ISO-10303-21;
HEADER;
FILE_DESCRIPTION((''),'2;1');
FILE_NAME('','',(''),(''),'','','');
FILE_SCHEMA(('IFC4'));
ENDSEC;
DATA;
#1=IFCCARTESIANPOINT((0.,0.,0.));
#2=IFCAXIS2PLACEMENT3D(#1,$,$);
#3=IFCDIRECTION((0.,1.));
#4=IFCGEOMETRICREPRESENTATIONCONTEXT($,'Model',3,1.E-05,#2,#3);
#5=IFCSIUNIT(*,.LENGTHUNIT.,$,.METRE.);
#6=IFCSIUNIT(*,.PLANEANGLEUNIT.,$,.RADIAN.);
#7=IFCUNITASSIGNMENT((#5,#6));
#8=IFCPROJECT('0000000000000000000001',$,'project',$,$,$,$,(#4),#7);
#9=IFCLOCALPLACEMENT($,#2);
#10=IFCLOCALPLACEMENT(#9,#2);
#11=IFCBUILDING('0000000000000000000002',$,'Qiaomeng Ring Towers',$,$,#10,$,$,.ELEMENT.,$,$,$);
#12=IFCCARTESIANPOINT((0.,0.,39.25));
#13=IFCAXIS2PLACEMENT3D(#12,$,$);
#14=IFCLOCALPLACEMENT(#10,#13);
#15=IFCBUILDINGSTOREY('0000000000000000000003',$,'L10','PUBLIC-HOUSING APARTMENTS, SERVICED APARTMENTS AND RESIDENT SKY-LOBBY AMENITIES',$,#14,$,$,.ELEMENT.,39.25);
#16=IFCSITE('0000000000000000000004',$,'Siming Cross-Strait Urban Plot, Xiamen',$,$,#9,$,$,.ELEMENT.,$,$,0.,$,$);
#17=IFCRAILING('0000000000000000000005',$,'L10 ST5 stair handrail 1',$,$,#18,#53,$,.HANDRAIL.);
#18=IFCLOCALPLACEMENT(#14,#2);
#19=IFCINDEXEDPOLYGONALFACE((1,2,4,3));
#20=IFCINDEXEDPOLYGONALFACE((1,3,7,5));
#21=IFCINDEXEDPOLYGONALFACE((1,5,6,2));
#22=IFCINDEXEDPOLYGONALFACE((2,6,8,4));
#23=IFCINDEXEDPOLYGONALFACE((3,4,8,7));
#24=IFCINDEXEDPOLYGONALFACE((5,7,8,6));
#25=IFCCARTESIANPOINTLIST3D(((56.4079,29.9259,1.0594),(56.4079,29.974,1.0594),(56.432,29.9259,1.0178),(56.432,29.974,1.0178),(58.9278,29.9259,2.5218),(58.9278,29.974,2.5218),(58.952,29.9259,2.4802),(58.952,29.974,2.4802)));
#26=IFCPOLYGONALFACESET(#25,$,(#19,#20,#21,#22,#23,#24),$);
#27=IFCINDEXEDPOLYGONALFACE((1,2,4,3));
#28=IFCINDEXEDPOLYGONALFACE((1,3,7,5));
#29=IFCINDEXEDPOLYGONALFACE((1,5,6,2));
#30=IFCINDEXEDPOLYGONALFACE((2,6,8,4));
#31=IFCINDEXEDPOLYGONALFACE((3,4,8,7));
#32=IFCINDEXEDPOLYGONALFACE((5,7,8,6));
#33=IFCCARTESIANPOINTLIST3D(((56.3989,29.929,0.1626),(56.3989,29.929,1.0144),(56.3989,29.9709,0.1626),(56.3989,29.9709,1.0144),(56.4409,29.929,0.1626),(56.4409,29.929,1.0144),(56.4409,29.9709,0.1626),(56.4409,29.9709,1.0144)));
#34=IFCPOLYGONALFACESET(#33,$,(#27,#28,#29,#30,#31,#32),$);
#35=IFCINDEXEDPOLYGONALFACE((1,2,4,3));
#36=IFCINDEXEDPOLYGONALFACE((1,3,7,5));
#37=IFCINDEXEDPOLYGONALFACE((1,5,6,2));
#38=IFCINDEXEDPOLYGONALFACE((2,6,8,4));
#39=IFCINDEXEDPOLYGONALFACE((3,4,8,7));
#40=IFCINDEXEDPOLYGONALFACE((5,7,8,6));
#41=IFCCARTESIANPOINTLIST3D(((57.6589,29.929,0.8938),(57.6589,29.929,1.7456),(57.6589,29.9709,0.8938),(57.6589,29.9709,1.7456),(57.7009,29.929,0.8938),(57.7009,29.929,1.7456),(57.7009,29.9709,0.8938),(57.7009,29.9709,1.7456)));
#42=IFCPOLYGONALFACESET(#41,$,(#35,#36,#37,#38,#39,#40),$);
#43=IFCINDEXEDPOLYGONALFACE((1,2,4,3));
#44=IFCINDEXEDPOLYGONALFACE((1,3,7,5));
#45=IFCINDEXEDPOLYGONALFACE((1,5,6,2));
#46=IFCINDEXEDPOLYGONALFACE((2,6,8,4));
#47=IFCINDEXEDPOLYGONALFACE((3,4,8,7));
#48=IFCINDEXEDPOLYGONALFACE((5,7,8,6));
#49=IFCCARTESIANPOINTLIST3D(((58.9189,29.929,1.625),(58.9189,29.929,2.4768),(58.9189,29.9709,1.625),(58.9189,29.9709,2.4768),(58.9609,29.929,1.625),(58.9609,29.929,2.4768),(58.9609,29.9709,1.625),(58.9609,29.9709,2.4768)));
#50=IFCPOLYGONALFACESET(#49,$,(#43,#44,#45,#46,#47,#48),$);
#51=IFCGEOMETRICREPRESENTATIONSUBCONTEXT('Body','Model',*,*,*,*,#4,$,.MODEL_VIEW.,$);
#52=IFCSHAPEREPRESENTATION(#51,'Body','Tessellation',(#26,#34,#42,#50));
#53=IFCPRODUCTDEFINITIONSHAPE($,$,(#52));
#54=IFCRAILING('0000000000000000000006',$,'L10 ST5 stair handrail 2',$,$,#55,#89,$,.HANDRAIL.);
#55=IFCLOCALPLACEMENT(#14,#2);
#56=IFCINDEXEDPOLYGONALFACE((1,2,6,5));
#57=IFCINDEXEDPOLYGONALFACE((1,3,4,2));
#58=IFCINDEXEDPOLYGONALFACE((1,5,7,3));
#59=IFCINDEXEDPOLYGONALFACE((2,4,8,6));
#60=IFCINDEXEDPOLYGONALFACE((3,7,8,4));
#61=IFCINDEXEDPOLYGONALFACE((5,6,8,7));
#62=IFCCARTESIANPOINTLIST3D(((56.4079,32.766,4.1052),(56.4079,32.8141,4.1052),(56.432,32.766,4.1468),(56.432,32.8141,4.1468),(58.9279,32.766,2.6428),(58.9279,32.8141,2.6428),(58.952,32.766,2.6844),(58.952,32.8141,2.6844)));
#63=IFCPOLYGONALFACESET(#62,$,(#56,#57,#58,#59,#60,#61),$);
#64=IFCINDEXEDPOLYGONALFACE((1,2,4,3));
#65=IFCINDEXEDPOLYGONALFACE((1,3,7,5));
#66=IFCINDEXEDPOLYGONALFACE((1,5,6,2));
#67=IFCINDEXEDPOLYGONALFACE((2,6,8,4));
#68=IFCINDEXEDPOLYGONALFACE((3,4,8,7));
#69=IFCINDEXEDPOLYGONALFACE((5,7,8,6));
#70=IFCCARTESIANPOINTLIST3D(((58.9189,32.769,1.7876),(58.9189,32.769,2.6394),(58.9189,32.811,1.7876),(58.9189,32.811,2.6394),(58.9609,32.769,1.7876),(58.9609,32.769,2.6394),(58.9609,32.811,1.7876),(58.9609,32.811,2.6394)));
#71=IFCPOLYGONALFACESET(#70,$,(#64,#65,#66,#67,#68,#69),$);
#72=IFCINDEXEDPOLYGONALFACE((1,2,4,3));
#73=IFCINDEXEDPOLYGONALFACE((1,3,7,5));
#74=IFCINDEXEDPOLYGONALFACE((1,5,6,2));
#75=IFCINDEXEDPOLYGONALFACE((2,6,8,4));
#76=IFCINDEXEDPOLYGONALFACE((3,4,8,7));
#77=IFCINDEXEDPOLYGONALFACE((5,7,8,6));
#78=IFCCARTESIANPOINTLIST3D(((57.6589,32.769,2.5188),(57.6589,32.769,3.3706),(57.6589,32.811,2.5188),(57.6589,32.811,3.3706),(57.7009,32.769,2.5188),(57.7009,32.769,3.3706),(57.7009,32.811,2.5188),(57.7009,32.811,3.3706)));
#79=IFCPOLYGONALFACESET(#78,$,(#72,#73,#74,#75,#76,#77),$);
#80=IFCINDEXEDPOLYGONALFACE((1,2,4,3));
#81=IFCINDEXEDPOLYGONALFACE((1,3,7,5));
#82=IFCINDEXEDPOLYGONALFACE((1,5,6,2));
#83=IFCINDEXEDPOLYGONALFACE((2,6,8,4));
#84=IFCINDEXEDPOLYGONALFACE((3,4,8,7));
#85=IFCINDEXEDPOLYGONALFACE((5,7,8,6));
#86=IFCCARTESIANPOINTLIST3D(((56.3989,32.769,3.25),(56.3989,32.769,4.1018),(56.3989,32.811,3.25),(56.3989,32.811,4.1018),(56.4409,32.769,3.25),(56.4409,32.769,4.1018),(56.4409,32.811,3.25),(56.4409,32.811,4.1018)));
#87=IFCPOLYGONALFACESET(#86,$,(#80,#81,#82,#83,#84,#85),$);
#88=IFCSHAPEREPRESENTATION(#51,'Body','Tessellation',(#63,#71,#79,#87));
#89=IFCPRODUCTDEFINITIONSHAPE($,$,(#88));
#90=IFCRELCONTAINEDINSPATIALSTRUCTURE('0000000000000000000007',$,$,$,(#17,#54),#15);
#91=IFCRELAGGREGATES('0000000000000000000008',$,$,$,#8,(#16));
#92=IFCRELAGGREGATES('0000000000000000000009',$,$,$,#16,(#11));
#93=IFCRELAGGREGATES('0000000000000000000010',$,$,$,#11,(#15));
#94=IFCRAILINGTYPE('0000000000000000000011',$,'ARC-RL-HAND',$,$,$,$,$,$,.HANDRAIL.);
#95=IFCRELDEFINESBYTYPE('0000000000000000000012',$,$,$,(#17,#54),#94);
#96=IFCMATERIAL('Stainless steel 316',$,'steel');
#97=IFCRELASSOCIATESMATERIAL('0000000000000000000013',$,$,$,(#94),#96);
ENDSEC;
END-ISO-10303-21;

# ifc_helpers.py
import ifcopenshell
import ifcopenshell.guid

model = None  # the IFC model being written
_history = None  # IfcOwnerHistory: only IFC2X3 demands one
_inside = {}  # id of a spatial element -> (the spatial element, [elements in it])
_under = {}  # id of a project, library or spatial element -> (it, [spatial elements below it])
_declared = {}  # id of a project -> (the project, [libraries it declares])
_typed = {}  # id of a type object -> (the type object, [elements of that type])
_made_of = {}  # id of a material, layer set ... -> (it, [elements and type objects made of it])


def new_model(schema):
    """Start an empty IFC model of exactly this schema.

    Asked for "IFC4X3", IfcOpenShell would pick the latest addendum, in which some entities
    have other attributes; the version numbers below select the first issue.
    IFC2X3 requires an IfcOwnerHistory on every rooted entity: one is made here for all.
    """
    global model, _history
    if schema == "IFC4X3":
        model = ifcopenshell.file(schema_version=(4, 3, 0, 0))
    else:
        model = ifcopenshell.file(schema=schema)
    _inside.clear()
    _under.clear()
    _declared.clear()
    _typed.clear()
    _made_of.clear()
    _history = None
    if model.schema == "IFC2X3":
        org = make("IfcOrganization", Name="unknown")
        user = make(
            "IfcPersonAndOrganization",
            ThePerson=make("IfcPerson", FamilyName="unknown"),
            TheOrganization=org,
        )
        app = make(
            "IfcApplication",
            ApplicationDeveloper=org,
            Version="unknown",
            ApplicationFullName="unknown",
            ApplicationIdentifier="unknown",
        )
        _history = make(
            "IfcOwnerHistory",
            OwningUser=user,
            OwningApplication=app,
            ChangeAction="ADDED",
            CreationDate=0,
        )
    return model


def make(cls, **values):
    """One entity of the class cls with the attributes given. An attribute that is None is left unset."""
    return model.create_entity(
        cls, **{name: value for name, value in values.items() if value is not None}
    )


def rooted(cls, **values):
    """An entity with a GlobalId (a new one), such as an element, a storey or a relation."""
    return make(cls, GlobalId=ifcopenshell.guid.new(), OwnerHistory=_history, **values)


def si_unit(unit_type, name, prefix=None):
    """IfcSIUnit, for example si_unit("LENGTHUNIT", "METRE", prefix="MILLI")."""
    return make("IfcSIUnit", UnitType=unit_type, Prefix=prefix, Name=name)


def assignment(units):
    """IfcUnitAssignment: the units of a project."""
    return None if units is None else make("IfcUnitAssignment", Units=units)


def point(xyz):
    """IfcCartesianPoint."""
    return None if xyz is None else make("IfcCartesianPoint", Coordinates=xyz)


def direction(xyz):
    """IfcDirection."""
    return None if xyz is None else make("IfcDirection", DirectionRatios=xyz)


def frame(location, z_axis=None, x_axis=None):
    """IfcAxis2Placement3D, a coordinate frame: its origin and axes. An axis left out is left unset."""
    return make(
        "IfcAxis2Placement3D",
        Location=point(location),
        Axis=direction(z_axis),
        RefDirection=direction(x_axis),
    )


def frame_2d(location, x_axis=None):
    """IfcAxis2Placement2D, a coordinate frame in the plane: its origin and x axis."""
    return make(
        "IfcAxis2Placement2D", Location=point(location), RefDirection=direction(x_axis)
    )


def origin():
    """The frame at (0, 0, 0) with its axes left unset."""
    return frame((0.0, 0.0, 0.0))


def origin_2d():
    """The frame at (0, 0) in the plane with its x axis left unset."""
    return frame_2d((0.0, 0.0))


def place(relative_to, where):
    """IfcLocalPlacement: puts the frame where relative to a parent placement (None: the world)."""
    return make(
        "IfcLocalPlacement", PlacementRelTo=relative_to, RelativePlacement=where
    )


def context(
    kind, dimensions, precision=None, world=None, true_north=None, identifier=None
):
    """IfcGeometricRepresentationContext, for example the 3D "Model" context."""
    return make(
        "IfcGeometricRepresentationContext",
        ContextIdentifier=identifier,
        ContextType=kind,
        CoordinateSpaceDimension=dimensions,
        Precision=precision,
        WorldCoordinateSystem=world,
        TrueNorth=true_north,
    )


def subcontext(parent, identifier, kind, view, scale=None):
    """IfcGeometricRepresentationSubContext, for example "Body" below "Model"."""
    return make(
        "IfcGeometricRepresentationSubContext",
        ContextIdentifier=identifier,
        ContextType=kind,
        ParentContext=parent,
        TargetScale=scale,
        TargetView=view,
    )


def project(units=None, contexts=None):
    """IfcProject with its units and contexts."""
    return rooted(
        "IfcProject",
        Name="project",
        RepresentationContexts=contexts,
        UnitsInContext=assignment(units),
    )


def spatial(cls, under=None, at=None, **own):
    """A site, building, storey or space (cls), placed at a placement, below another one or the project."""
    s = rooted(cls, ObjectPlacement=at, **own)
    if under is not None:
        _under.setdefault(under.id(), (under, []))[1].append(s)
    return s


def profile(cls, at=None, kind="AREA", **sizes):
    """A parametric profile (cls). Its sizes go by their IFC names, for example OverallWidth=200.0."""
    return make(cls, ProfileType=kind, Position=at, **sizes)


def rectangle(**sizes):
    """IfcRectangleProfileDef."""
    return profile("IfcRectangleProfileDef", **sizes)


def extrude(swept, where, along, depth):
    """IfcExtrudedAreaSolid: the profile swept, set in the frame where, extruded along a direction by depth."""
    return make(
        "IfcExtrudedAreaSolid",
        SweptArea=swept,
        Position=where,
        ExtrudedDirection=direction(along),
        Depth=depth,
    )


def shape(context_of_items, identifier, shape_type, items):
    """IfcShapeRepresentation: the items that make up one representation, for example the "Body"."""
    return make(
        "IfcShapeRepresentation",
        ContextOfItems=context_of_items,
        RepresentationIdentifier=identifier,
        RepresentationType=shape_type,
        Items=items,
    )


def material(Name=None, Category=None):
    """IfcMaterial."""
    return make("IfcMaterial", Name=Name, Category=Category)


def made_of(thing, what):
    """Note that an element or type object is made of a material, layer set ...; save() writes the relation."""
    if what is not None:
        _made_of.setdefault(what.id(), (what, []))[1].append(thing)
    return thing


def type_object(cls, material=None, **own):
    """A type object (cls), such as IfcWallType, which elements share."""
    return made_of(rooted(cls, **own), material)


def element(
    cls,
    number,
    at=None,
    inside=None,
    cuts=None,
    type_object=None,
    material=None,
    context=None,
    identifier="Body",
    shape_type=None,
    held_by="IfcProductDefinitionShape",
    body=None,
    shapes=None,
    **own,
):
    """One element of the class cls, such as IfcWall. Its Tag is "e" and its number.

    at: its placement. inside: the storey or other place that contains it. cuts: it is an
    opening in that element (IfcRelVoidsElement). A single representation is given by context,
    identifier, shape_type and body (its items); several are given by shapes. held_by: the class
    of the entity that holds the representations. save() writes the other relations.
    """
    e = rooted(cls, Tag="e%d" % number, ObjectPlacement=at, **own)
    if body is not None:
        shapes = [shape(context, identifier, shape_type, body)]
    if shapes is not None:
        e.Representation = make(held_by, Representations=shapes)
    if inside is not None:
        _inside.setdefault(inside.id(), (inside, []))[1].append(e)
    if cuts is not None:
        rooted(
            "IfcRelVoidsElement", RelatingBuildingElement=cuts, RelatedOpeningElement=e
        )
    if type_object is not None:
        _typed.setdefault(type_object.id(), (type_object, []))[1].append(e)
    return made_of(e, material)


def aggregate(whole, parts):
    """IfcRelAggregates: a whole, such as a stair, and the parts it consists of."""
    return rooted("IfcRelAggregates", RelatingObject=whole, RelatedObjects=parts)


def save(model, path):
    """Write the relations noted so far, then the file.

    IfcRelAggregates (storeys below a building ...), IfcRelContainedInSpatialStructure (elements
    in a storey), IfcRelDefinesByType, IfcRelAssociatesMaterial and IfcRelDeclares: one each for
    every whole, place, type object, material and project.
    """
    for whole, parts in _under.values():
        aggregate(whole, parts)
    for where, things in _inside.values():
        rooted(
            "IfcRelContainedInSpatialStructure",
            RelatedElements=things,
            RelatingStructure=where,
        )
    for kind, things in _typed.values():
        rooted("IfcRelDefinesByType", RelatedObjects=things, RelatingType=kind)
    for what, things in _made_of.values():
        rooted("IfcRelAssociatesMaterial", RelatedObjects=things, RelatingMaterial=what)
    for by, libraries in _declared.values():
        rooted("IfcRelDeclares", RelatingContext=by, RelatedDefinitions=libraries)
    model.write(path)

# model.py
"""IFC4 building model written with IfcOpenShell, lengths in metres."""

from ifc_helpers import new_model, si_unit, direction, frame, origin, origin_2d, place, context, subcontext, project, spatial, rectangle, extrude, material, type_object, element, save


model = new_model("IFC4")

# Units and contexts
model_context = context("Model", 3, precision=1e-05, world=origin(), true_north=direction((0.0, 1.0)))
body_context = subcontext(model_context, "Body", "Model", "MODEL_VIEW")
ifc_project = project(units=[si_unit("LENGTHUNIT", "METRE"), si_unit("PLANEANGLEUNIT", "RADIAN")], contexts=[model_context])

# Site, building, storey
site_placement = place(None, origin())
site = spatial("IfcSite", under=ifc_project, at=site_placement, Name="Siming Cross-Strait Urban Plot, Xiamen", CompositionType="ELEMENT", RefElevation=0.0)
building_placement = place(site_placement, origin())
building = spatial("IfcBuilding", under=site, at=building_placement, Name="Qiaomeng Ring Towers", CompositionType="ELEMENT")
storey_placement = place(building_placement, frame((0.0, 0.0, 39.25)))
storey = spatial("IfcBuildingStorey", under=building, at=storey_placement, Name="L10", Description="PUBLIC-HOUSING APARTMENTS, SERVICED APARTMENTS AND RESIDENT SKY-LOBBY AMENITIES", CompositionType="ELEMENT", Elevation=39.25)

# Shared definitions
ifc_material_1 = material(Name="Stainless steel 316", Category="steel")

# Railings
railing_type_1 = type_object("IfcRailingType", Name="ARC-RL-HAND", PredefinedType="HANDRAIL", material=ifc_material_1)
railing_1_placement = place(storey_placement, frame((56.4199, 29.95, 0.1626)))
element("IfcRailing", 1, at=railing_1_placement, inside=storey, type_object=railing_type_1, Name="L10 ST5 stair handrail 1", PredefinedType="HANDRAIL", context=body_context, shape_type="SweptSolid", body=[
    extrude(rectangle(XDim=0.0481, YDim=0.0481, at=origin_2d()), frame((0.0, 0.0, 0.876), z_axis=(0.864913, 0.0, 0.501921), x_axis=(0.0, 1.0, 0.0)), (0.0, 0.0, 1.0), 2.9136),
    extrude(rectangle(XDim=0.042, YDim=0.042, at=origin_2d()), origin(), (0.0, 0.0, 1.0), 0.8518),
    extrude(rectangle(XDim=0.042, YDim=0.042, at=origin_2d()), frame((1.26, 0.0, 0.7312)), (0.0, 0.0, 1.0), 0.8518),
    extrude(rectangle(XDim=0.042, YDim=0.042, at=origin_2d()), frame((2.52, 0.0, 1.4624)), (0.0, 0.0, 1.0), 0.8518),
])
railing_2_placement = place(storey_placement, frame((58.9399, 32.79, 1.7876)))
element("IfcRailing", 2, at=railing_2_placement, inside=storey, type_object=railing_type_1, Name="L10 ST5 stair handrail 2", PredefinedType="HANDRAIL", context=body_context, shape_type="SweptSolid", body=[
    extrude(rectangle(XDim=0.0481, YDim=0.0481, at=origin_2d()), frame((0.0, 0.0, 0.876), z_axis=(-0.864913, 0.0, 0.501921), x_axis=(0.0, -1.0, 0.0)), (0.0, 0.0, 1.0), 2.9136),
    extrude(rectangle(XDim=0.042, YDim=0.042, at=origin_2d()), origin(), (0.0, 0.0, 1.0), 0.8518),
    extrude(rectangle(XDim=0.042, YDim=0.042, at=origin_2d()), frame((-1.26, 0.0, 0.7312)), (0.0, 0.0, 1.0), 0.8518),
    extrude(rectangle(XDim=0.042, YDim=0.042, at=origin_2d()), frame((-2.52, 0.0, 1.4624)), (0.0, 0.0, 1.0), 0.8518),
])

save(model, "model.ifc")
